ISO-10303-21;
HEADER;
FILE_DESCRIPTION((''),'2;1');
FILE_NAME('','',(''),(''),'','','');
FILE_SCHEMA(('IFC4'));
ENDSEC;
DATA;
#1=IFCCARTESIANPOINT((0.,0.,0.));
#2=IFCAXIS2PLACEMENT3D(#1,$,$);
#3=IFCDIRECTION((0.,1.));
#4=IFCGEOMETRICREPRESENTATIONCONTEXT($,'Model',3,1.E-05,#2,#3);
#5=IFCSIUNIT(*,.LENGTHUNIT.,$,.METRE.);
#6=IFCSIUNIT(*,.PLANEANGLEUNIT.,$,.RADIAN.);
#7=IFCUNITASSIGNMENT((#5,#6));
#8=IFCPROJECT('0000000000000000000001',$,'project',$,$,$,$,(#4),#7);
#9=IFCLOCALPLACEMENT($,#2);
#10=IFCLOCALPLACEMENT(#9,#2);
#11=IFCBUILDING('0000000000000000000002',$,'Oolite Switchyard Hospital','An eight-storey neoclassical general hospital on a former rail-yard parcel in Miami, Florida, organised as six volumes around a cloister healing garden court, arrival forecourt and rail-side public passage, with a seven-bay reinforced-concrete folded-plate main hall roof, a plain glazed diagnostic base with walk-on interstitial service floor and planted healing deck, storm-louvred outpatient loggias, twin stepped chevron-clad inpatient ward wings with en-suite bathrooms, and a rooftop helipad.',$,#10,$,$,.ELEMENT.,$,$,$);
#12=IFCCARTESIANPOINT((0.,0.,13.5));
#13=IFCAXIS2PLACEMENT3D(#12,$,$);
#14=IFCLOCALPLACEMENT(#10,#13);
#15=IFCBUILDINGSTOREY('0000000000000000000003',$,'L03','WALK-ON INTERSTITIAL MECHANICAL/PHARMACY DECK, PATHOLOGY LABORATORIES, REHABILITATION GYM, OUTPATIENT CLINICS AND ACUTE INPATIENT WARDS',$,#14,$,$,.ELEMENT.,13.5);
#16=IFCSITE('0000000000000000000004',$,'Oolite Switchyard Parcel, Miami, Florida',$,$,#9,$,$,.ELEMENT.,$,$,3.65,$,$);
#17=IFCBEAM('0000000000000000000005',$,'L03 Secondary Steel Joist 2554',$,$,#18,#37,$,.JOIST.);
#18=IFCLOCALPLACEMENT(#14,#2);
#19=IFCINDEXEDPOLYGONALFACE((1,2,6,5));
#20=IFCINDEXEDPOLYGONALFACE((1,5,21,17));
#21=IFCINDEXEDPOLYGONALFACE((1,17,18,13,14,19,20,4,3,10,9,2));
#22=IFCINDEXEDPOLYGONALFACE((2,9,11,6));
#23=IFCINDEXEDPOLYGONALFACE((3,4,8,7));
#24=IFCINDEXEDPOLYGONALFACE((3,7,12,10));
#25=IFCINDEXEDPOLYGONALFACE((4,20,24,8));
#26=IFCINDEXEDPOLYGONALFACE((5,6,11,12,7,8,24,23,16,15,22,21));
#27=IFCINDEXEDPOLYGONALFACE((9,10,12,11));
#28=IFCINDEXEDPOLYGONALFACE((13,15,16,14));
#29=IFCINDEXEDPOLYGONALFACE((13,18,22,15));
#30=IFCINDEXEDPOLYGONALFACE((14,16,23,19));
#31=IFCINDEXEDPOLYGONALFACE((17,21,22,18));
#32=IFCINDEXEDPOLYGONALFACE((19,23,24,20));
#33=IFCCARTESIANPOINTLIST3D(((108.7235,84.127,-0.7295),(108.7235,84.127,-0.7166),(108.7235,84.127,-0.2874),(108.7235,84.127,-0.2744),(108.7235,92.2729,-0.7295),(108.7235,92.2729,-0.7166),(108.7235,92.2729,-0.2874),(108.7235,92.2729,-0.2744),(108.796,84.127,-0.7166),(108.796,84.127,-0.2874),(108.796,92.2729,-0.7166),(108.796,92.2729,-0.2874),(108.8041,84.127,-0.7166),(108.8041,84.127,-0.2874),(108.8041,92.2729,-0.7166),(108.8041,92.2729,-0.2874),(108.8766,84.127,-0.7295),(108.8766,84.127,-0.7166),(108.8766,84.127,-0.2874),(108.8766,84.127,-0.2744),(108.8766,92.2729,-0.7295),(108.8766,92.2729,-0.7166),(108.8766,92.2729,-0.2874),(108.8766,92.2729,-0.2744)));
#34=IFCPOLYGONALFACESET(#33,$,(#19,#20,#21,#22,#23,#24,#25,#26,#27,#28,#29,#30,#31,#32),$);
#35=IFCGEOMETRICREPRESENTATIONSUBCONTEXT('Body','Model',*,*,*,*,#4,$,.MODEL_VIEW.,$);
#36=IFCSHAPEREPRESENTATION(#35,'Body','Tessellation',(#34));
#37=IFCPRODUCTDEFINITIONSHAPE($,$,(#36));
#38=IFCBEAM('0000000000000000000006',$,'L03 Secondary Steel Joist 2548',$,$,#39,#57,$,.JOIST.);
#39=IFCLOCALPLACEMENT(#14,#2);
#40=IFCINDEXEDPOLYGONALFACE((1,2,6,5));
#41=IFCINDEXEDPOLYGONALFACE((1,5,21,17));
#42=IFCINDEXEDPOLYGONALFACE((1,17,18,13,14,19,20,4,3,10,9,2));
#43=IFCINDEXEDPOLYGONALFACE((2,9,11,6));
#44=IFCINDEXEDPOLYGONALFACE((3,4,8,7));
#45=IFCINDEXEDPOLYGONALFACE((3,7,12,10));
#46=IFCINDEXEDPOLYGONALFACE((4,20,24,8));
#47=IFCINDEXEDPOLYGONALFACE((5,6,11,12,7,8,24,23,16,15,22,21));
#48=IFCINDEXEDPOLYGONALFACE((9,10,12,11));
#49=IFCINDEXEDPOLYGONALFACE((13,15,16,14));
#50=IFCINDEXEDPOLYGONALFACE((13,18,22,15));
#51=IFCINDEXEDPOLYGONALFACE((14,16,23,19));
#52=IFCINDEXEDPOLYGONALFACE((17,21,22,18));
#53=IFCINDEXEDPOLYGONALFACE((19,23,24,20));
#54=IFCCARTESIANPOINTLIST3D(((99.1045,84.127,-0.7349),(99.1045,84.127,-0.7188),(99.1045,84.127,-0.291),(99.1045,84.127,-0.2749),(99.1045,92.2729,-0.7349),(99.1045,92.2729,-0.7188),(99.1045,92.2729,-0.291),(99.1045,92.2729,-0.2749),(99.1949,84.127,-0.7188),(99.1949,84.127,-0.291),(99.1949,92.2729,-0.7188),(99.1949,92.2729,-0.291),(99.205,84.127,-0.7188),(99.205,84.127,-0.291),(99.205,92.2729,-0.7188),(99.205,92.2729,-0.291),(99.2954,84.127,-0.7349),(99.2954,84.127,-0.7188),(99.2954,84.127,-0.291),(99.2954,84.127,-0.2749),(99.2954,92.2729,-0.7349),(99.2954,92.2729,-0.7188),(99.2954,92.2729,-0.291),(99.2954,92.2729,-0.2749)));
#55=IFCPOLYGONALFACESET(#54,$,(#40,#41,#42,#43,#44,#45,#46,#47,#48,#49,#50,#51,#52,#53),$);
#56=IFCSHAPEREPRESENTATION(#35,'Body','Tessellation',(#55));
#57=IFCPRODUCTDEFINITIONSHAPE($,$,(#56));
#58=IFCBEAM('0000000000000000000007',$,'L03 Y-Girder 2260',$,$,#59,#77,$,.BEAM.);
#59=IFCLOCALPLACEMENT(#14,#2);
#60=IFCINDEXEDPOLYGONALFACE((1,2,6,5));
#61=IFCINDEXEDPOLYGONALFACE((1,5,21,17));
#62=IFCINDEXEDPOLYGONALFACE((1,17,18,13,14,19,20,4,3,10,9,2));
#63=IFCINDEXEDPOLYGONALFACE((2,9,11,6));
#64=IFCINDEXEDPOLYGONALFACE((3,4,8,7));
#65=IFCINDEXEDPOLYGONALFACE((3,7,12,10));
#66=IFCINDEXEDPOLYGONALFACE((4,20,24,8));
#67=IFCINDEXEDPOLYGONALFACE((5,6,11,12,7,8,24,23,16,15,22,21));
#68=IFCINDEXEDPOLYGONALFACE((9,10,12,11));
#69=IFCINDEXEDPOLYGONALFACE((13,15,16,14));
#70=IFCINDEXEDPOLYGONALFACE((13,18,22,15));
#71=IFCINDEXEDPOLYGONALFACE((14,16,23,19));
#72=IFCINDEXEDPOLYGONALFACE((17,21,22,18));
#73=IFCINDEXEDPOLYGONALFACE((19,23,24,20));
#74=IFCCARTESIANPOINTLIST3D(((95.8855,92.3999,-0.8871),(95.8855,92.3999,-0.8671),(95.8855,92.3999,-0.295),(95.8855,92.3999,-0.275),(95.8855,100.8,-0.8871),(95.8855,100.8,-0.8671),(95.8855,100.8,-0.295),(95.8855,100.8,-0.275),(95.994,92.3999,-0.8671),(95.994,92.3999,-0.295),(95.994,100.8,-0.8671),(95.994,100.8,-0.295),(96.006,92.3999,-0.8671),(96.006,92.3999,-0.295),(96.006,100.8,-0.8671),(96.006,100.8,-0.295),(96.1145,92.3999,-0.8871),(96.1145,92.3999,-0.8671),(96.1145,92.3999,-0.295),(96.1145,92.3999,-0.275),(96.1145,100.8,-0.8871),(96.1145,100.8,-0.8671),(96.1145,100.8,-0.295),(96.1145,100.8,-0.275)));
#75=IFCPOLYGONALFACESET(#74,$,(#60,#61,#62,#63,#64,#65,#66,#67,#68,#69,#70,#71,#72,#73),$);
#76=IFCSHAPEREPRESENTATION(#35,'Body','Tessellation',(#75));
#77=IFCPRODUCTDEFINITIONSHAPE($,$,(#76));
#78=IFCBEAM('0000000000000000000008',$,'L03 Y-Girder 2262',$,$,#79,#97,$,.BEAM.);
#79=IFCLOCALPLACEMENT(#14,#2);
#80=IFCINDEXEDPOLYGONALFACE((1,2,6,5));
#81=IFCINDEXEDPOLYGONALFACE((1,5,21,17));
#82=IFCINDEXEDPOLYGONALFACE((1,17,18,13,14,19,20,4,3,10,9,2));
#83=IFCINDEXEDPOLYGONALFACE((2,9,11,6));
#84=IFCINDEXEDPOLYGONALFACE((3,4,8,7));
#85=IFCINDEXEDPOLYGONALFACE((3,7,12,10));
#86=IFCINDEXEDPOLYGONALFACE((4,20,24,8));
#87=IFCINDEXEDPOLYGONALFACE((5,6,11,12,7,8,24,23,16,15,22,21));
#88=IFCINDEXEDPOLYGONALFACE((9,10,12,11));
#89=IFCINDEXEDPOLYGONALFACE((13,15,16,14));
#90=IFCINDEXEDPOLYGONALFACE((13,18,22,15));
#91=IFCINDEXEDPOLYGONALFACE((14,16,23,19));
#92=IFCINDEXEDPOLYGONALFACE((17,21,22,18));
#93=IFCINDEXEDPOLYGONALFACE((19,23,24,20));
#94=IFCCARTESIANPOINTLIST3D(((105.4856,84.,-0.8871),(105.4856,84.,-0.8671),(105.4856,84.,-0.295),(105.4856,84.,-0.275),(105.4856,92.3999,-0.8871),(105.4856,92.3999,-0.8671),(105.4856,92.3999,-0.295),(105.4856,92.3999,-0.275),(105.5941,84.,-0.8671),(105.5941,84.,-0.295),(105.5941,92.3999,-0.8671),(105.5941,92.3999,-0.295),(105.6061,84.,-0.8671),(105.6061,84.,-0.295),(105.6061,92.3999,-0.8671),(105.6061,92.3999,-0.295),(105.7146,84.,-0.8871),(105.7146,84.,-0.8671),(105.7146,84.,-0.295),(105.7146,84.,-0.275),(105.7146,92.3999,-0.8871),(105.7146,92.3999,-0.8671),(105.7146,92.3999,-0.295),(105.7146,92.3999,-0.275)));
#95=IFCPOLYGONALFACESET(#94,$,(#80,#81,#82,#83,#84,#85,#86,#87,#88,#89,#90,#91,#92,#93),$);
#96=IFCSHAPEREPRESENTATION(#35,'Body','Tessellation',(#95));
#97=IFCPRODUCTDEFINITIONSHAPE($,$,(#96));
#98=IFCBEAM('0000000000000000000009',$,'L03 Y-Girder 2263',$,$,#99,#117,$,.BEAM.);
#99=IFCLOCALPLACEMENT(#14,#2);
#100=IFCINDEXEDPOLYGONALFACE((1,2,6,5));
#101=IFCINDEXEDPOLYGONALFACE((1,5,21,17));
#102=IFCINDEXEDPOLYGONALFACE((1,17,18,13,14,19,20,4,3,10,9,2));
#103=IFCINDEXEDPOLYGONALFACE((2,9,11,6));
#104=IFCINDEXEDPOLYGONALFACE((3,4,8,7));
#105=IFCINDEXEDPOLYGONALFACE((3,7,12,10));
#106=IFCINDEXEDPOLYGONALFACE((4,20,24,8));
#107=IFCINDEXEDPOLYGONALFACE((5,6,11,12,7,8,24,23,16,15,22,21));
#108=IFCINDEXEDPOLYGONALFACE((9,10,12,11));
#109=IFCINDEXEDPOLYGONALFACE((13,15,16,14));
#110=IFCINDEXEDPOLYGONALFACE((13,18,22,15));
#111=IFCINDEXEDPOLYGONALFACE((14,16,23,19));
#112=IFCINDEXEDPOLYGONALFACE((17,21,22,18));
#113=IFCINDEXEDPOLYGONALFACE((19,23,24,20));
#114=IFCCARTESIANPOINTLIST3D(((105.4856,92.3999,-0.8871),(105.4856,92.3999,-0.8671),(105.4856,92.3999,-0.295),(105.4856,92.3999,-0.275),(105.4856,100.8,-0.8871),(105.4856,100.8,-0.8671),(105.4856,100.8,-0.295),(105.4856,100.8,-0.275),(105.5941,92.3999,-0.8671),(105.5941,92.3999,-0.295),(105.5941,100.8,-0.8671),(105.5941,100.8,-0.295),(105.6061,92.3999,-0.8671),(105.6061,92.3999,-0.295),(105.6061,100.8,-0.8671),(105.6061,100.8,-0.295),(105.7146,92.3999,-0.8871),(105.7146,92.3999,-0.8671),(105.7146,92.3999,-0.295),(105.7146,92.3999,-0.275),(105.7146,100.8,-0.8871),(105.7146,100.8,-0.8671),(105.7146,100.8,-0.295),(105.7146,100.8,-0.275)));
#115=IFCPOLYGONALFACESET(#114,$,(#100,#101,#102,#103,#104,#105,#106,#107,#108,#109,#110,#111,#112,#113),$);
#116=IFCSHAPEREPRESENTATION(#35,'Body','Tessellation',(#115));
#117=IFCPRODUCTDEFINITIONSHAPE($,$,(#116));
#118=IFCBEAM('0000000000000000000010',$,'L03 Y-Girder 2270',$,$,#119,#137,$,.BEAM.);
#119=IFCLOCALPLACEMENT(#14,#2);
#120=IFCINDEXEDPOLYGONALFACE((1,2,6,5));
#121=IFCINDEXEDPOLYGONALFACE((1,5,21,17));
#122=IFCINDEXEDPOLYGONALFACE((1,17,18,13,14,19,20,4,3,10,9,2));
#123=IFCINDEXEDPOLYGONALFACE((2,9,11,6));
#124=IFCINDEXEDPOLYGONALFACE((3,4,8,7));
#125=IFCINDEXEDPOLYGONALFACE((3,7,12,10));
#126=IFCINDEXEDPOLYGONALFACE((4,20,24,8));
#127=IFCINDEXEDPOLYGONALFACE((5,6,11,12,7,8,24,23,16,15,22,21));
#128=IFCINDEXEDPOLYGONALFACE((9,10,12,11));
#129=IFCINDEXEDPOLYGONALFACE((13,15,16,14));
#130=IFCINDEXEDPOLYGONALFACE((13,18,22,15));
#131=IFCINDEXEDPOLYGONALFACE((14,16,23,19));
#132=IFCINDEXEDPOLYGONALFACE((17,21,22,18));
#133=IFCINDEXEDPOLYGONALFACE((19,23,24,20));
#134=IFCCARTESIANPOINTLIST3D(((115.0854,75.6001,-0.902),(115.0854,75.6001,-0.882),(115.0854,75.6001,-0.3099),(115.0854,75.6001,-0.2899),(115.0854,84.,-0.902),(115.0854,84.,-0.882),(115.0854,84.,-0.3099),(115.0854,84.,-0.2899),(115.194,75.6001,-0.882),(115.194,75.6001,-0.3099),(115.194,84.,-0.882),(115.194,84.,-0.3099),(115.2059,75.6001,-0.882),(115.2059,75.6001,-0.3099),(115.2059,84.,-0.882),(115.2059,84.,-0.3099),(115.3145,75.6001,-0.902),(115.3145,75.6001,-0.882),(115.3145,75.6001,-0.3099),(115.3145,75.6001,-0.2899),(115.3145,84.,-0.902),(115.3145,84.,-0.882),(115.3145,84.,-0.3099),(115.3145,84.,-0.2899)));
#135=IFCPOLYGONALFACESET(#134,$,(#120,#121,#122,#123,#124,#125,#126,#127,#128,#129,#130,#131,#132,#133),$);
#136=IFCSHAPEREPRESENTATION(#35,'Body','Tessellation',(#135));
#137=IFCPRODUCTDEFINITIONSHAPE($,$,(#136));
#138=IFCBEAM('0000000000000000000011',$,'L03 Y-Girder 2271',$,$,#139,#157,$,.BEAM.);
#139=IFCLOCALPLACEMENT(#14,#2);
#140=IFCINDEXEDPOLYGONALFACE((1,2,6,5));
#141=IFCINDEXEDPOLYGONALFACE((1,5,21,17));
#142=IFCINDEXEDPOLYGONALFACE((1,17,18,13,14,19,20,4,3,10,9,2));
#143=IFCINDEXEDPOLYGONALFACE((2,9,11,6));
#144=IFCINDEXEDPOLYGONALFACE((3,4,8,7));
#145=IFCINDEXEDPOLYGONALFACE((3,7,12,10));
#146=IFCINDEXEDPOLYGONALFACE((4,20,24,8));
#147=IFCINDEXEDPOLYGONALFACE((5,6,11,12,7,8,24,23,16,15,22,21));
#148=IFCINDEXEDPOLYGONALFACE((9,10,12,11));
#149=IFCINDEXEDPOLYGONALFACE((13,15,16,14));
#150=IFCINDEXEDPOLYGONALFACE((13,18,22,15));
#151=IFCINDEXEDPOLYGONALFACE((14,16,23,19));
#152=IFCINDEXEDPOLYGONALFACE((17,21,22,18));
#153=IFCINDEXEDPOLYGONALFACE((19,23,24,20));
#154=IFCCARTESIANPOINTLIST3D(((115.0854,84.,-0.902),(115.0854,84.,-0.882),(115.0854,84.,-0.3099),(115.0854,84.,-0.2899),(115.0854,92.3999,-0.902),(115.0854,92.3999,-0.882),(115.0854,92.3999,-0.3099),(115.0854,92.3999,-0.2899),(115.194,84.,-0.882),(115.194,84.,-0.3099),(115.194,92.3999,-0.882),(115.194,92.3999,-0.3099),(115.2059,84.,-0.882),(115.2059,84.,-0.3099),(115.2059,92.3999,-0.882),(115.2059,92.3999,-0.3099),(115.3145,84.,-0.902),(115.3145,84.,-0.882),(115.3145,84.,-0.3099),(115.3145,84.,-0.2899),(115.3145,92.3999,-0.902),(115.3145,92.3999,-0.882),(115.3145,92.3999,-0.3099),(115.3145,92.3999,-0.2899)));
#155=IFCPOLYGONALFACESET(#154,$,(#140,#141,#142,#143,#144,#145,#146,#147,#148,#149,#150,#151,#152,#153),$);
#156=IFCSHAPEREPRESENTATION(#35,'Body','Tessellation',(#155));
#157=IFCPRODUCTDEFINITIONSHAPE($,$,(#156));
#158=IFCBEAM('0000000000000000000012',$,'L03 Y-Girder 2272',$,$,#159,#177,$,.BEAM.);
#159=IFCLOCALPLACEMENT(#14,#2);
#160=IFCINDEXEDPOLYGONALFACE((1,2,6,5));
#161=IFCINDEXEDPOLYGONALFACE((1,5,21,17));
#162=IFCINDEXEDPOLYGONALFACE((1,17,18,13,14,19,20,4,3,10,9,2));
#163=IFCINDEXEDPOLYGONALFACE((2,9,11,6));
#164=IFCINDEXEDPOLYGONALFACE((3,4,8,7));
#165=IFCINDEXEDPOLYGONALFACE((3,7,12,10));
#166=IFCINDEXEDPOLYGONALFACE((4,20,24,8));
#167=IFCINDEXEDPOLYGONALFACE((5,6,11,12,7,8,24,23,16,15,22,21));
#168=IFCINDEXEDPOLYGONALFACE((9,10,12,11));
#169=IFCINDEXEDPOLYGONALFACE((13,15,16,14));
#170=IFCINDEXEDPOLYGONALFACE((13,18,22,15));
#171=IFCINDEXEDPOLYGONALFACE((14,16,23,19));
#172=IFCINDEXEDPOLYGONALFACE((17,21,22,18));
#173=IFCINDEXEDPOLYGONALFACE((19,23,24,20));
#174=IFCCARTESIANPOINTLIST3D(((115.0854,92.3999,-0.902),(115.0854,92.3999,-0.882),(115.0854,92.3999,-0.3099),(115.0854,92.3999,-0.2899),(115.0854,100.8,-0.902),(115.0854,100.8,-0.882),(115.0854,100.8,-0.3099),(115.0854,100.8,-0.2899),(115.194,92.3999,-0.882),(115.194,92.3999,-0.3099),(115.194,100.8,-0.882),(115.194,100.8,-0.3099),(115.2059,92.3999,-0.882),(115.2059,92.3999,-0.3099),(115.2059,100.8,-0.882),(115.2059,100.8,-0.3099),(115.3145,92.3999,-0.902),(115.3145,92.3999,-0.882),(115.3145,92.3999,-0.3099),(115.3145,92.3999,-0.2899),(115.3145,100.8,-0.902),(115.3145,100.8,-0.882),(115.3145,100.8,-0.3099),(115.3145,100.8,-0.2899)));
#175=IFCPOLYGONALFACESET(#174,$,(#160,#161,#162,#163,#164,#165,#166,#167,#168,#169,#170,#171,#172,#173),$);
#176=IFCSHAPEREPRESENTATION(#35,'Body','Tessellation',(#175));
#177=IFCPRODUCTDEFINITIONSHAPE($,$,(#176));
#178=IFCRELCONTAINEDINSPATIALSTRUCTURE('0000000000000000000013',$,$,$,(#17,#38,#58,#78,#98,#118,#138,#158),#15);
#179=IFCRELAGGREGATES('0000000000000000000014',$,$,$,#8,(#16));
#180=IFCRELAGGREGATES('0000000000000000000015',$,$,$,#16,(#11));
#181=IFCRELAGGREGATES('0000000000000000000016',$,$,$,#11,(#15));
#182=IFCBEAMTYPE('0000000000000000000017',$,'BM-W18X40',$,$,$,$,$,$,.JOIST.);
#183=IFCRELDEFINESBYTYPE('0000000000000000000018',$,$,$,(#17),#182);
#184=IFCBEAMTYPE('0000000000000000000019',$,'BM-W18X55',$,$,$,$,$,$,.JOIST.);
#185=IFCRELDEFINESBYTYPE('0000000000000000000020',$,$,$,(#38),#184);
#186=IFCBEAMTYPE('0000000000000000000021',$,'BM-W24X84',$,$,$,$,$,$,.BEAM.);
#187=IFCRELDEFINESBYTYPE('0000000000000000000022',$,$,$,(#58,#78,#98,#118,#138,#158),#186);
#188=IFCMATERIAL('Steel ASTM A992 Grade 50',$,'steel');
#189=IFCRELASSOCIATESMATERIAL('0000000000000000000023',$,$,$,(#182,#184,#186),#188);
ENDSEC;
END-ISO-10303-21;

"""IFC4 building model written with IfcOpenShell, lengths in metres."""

from ifc_helpers import new_model, si_unit, direction, frame, origin, origin_2d, place, context, subcontext, project, spatial, i_section, extrude, material, material_profile, profile_set, type_object, element, save


model = new_model("IFC4")

# Units and contexts
model_context = context("Model", 3, precision=1e-05, world=origin(), true_north=direction((0.0, 1.0)))
body_context = subcontext(model_context, "Body", "Model", "MODEL_VIEW")
ifc_project = project(units=[si_unit("LENGTHUNIT", "METRE"), si_unit("PLANEANGLEUNIT", "RADIAN")], contexts=[model_context])

# Site, building, storey
site_placement = place(None, origin())
site = spatial("IfcSite", under=ifc_project, at=site_placement, Name="Oolite Switchyard Parcel, Miami, Florida", CompositionType="ELEMENT", RefElevation=3.65)
building_placement = place(site_placement, origin())
building = spatial("IfcBuilding", under=site, at=building_placement, Name="Oolite Switchyard Hospital", Description="An eight-storey neoclassical general hospital on a former rail-yard parcel in Miami, Florida, organised as six volumes around a cloister healing garden court, arrival forecourt and rail-side public passage, with a seven-bay reinforced-concrete folded-plate main hall roof, a plain glazed diagnostic base with walk-on interstitial service floor and planted healing deck, storm-louvred outpatient loggias, twin stepped chevron-clad inpatient ward wings with en-suite bathrooms, and a rooftop helipad.", CompositionType="ELEMENT")
storey_placement = place(building_placement, frame((0.0, 0.0, 13.5)))
storey = spatial("IfcBuildingStorey", under=building, at=storey_placement, Name="L03", Description="WALK-ON INTERSTITIAL MECHANICAL/PHARMACY DECK, PATHOLOGY LABORATORIES, REHABILITATION GYM, OUTPATIENT CLINICS AND ACUTE INPATIENT WARDS", CompositionType="ELEMENT", Elevation=13.5)

# Beams
ifc_material_1 = material(Name="Steel ASTM A992 Grade 50", Category="steel")
ifc_material_profile_1 = material_profile(ifc_material_1, i_section(OverallWidth=0.1531, OverallDepth=0.4551, WebThickness=0.0081, FlangeThickness=0.0129, at=origin_2d()), Name="W18X40")
ifc_profile_set_1 = profile_set([ifc_material_profile_1], Name="Steel ASTM A992 Grade 50")
beam_type_1 = type_object("IfcBeamType", Name="BM-W18X40", PredefinedType="JOIST", material=ifc_profile_set_1)
for number, where, z_axis, x_axis, name in (
    (1, (108.8, 84.127, -0.502), (0.0, 1.0, 0.0), (-1.0, 0.0, 0.0), "L03 Secondary Steel Joist 2554"),
):
    element("IfcBeam", number, at=place(storey_placement, frame(where, z_axis=z_axis, x_axis=x_axis)), inside=storey, type_object=beam_type_1, Name=name, PredefinedType="JOIST", context=body_context, shape_type="SweptSolid", body=[
        extrude(i_section(OverallWidth=0.1531, OverallDepth=0.4551, WebThickness=0.0081, FlangeThickness=0.0129, at=origin_2d()), origin(), (0.0, 0.0, 1.0), 8.146),
    ])
ifc_material_profile_2 = material_profile(ifc_material_1, i_section(OverallWidth=0.1909, OverallDepth=0.46, WebThickness=0.01, FlangeThickness=0.0161, at=origin_2d()), Name="W18X55")
ifc_profile_set_2 = profile_set([ifc_material_profile_2], Name="Steel ASTM A992 Grade 50")
beam_type_2 = type_object("IfcBeamType", Name="BM-W18X55", PredefinedType="JOIST", material=ifc_profile_set_2)
beam_1_placement = place(storey_placement, frame((99.2, 84.127, -0.5049), z_axis=(0.0, 1.0, 0.0), x_axis=(-1.0, 0.0, 0.0)))
element("IfcBeam", 2, at=beam_1_placement, inside=storey, type_object=beam_type_2, Name="L03 Secondary Steel Joist 2548", PredefinedType="JOIST", context=body_context, shape_type="SweptSolid", body=[
    extrude(i_section(OverallWidth=0.1909, OverallDepth=0.46, WebThickness=0.01, FlangeThickness=0.0161, at=origin_2d()), origin(), (0.0, 0.0, 1.0), 8.146),
])
ifc_material_profile_3 = material_profile(ifc_material_1, i_section(OverallWidth=0.229, OverallDepth=0.6121, WebThickness=0.012, FlangeThickness=0.02, at=origin_2d()), Name="W24X84")
ifc_profile_set_3 = profile_set([ifc_material_profile_3], Name="Steel ASTM A992 Grade 50")
beam_type_3 = type_object("IfcBeamType", Name="BM-W24X84", PredefinedType="BEAM", material=ifc_profile_set_3)
beam_2_placement = place(storey_placement, frame((96.0, 92.3999, -0.5811), z_axis=(0.0, 1.0, 0.0), x_axis=(-1.0, 0.0, 0.0)))
element("IfcBeam", 3, at=beam_2_placement, inside=storey, type_object=beam_type_3, Name="L03 Y-Girder 2260", PredefinedType="BEAM", context=body_context, shape_type="SweptSolid", body=[
    extrude(i_section(OverallWidth=0.229, OverallDepth=0.6121, WebThickness=0.012, FlangeThickness=0.02, at=origin_2d()), origin(), (0.0, 0.0, 1.0), 8.4001),
])
beam_3_placement = place(storey_placement, frame((105.6001, 84.0, -0.5811), z_axis=(0.0, 1.0, 0.0), x_axis=(-1.0, 0.0, 0.0)))
element("IfcBeam", 4, at=beam_3_placement, inside=storey, type_object=beam_type_3, Name="L03 Y-Girder 2262", PredefinedType="BEAM", context=body_context, shape_type="SweptSolid", body=[
    extrude(i_section(OverallWidth=0.229, OverallDepth=0.6121, WebThickness=0.012, FlangeThickness=0.02, at=origin_2d()), origin(), (0.0, 0.0, 1.0), 8.3999),
])
beam_4_placement = place(storey_placement, frame((105.6001, 92.3999, -0.5811), z_axis=(0.0, 1.0, 0.0), x_axis=(-1.0, 0.0, 0.0)))
element("IfcBeam", 5, at=beam_4_placement, inside=storey, type_object=beam_type_3, Name="L03 Y-Girder 2263", PredefinedType="BEAM", context=body_context, shape_type="SweptSolid", body=[
    extrude(i_section(OverallWidth=0.229, OverallDepth=0.6121, WebThickness=0.012, FlangeThickness=0.02, at=origin_2d()), origin(), (0.0, 0.0, 1.0), 8.4001),
])
for number, where, z_axis, x_axis, name in (
    (6, (115.2, 75.6001, -0.5959), (0.0, 1.0, 0.0), (-1.0, 0.0, 0.0), "L03 Y-Girder 2270"),
    (7, (115.2, 84.0, -0.5959), (0.0, 1.0, 0.0), (-1.0, 0.0, 0.0), "L03 Y-Girder 2271"),
):
    element("IfcBeam", number, at=place(storey_placement, frame(where, z_axis=z_axis, x_axis=x_axis)), inside=storey, type_object=beam_type_3, Name=name, PredefinedType="BEAM", context=body_context, shape_type="SweptSolid", body=[
        extrude(i_section(OverallWidth=0.229, OverallDepth=0.6121, WebThickness=0.012, FlangeThickness=0.02, at=origin_2d()), origin(), (0.0, 0.0, 1.0), 8.3999),
    ])
beam_5_placement = place(storey_placement, frame((115.2, 92.3999, -0.5959), z_axis=(0.0, 1.0, 0.0), x_axis=(-1.0, 0.0, 0.0)))
element("IfcBeam", 8, at=beam_5_placement, inside=storey, type_object=beam_type_3, Name="L03 Y-Girder 2272", PredefinedType="BEAM", context=body_context, shape_type="SweptSolid", body=[
    extrude(i_section(OverallWidth=0.229, OverallDepth=0.6121, WebThickness=0.012, FlangeThickness=0.02, at=origin_2d()), origin(), (0.0, 0.0, 1.0), 8.4001),
])

save(model, "model.ifc")
